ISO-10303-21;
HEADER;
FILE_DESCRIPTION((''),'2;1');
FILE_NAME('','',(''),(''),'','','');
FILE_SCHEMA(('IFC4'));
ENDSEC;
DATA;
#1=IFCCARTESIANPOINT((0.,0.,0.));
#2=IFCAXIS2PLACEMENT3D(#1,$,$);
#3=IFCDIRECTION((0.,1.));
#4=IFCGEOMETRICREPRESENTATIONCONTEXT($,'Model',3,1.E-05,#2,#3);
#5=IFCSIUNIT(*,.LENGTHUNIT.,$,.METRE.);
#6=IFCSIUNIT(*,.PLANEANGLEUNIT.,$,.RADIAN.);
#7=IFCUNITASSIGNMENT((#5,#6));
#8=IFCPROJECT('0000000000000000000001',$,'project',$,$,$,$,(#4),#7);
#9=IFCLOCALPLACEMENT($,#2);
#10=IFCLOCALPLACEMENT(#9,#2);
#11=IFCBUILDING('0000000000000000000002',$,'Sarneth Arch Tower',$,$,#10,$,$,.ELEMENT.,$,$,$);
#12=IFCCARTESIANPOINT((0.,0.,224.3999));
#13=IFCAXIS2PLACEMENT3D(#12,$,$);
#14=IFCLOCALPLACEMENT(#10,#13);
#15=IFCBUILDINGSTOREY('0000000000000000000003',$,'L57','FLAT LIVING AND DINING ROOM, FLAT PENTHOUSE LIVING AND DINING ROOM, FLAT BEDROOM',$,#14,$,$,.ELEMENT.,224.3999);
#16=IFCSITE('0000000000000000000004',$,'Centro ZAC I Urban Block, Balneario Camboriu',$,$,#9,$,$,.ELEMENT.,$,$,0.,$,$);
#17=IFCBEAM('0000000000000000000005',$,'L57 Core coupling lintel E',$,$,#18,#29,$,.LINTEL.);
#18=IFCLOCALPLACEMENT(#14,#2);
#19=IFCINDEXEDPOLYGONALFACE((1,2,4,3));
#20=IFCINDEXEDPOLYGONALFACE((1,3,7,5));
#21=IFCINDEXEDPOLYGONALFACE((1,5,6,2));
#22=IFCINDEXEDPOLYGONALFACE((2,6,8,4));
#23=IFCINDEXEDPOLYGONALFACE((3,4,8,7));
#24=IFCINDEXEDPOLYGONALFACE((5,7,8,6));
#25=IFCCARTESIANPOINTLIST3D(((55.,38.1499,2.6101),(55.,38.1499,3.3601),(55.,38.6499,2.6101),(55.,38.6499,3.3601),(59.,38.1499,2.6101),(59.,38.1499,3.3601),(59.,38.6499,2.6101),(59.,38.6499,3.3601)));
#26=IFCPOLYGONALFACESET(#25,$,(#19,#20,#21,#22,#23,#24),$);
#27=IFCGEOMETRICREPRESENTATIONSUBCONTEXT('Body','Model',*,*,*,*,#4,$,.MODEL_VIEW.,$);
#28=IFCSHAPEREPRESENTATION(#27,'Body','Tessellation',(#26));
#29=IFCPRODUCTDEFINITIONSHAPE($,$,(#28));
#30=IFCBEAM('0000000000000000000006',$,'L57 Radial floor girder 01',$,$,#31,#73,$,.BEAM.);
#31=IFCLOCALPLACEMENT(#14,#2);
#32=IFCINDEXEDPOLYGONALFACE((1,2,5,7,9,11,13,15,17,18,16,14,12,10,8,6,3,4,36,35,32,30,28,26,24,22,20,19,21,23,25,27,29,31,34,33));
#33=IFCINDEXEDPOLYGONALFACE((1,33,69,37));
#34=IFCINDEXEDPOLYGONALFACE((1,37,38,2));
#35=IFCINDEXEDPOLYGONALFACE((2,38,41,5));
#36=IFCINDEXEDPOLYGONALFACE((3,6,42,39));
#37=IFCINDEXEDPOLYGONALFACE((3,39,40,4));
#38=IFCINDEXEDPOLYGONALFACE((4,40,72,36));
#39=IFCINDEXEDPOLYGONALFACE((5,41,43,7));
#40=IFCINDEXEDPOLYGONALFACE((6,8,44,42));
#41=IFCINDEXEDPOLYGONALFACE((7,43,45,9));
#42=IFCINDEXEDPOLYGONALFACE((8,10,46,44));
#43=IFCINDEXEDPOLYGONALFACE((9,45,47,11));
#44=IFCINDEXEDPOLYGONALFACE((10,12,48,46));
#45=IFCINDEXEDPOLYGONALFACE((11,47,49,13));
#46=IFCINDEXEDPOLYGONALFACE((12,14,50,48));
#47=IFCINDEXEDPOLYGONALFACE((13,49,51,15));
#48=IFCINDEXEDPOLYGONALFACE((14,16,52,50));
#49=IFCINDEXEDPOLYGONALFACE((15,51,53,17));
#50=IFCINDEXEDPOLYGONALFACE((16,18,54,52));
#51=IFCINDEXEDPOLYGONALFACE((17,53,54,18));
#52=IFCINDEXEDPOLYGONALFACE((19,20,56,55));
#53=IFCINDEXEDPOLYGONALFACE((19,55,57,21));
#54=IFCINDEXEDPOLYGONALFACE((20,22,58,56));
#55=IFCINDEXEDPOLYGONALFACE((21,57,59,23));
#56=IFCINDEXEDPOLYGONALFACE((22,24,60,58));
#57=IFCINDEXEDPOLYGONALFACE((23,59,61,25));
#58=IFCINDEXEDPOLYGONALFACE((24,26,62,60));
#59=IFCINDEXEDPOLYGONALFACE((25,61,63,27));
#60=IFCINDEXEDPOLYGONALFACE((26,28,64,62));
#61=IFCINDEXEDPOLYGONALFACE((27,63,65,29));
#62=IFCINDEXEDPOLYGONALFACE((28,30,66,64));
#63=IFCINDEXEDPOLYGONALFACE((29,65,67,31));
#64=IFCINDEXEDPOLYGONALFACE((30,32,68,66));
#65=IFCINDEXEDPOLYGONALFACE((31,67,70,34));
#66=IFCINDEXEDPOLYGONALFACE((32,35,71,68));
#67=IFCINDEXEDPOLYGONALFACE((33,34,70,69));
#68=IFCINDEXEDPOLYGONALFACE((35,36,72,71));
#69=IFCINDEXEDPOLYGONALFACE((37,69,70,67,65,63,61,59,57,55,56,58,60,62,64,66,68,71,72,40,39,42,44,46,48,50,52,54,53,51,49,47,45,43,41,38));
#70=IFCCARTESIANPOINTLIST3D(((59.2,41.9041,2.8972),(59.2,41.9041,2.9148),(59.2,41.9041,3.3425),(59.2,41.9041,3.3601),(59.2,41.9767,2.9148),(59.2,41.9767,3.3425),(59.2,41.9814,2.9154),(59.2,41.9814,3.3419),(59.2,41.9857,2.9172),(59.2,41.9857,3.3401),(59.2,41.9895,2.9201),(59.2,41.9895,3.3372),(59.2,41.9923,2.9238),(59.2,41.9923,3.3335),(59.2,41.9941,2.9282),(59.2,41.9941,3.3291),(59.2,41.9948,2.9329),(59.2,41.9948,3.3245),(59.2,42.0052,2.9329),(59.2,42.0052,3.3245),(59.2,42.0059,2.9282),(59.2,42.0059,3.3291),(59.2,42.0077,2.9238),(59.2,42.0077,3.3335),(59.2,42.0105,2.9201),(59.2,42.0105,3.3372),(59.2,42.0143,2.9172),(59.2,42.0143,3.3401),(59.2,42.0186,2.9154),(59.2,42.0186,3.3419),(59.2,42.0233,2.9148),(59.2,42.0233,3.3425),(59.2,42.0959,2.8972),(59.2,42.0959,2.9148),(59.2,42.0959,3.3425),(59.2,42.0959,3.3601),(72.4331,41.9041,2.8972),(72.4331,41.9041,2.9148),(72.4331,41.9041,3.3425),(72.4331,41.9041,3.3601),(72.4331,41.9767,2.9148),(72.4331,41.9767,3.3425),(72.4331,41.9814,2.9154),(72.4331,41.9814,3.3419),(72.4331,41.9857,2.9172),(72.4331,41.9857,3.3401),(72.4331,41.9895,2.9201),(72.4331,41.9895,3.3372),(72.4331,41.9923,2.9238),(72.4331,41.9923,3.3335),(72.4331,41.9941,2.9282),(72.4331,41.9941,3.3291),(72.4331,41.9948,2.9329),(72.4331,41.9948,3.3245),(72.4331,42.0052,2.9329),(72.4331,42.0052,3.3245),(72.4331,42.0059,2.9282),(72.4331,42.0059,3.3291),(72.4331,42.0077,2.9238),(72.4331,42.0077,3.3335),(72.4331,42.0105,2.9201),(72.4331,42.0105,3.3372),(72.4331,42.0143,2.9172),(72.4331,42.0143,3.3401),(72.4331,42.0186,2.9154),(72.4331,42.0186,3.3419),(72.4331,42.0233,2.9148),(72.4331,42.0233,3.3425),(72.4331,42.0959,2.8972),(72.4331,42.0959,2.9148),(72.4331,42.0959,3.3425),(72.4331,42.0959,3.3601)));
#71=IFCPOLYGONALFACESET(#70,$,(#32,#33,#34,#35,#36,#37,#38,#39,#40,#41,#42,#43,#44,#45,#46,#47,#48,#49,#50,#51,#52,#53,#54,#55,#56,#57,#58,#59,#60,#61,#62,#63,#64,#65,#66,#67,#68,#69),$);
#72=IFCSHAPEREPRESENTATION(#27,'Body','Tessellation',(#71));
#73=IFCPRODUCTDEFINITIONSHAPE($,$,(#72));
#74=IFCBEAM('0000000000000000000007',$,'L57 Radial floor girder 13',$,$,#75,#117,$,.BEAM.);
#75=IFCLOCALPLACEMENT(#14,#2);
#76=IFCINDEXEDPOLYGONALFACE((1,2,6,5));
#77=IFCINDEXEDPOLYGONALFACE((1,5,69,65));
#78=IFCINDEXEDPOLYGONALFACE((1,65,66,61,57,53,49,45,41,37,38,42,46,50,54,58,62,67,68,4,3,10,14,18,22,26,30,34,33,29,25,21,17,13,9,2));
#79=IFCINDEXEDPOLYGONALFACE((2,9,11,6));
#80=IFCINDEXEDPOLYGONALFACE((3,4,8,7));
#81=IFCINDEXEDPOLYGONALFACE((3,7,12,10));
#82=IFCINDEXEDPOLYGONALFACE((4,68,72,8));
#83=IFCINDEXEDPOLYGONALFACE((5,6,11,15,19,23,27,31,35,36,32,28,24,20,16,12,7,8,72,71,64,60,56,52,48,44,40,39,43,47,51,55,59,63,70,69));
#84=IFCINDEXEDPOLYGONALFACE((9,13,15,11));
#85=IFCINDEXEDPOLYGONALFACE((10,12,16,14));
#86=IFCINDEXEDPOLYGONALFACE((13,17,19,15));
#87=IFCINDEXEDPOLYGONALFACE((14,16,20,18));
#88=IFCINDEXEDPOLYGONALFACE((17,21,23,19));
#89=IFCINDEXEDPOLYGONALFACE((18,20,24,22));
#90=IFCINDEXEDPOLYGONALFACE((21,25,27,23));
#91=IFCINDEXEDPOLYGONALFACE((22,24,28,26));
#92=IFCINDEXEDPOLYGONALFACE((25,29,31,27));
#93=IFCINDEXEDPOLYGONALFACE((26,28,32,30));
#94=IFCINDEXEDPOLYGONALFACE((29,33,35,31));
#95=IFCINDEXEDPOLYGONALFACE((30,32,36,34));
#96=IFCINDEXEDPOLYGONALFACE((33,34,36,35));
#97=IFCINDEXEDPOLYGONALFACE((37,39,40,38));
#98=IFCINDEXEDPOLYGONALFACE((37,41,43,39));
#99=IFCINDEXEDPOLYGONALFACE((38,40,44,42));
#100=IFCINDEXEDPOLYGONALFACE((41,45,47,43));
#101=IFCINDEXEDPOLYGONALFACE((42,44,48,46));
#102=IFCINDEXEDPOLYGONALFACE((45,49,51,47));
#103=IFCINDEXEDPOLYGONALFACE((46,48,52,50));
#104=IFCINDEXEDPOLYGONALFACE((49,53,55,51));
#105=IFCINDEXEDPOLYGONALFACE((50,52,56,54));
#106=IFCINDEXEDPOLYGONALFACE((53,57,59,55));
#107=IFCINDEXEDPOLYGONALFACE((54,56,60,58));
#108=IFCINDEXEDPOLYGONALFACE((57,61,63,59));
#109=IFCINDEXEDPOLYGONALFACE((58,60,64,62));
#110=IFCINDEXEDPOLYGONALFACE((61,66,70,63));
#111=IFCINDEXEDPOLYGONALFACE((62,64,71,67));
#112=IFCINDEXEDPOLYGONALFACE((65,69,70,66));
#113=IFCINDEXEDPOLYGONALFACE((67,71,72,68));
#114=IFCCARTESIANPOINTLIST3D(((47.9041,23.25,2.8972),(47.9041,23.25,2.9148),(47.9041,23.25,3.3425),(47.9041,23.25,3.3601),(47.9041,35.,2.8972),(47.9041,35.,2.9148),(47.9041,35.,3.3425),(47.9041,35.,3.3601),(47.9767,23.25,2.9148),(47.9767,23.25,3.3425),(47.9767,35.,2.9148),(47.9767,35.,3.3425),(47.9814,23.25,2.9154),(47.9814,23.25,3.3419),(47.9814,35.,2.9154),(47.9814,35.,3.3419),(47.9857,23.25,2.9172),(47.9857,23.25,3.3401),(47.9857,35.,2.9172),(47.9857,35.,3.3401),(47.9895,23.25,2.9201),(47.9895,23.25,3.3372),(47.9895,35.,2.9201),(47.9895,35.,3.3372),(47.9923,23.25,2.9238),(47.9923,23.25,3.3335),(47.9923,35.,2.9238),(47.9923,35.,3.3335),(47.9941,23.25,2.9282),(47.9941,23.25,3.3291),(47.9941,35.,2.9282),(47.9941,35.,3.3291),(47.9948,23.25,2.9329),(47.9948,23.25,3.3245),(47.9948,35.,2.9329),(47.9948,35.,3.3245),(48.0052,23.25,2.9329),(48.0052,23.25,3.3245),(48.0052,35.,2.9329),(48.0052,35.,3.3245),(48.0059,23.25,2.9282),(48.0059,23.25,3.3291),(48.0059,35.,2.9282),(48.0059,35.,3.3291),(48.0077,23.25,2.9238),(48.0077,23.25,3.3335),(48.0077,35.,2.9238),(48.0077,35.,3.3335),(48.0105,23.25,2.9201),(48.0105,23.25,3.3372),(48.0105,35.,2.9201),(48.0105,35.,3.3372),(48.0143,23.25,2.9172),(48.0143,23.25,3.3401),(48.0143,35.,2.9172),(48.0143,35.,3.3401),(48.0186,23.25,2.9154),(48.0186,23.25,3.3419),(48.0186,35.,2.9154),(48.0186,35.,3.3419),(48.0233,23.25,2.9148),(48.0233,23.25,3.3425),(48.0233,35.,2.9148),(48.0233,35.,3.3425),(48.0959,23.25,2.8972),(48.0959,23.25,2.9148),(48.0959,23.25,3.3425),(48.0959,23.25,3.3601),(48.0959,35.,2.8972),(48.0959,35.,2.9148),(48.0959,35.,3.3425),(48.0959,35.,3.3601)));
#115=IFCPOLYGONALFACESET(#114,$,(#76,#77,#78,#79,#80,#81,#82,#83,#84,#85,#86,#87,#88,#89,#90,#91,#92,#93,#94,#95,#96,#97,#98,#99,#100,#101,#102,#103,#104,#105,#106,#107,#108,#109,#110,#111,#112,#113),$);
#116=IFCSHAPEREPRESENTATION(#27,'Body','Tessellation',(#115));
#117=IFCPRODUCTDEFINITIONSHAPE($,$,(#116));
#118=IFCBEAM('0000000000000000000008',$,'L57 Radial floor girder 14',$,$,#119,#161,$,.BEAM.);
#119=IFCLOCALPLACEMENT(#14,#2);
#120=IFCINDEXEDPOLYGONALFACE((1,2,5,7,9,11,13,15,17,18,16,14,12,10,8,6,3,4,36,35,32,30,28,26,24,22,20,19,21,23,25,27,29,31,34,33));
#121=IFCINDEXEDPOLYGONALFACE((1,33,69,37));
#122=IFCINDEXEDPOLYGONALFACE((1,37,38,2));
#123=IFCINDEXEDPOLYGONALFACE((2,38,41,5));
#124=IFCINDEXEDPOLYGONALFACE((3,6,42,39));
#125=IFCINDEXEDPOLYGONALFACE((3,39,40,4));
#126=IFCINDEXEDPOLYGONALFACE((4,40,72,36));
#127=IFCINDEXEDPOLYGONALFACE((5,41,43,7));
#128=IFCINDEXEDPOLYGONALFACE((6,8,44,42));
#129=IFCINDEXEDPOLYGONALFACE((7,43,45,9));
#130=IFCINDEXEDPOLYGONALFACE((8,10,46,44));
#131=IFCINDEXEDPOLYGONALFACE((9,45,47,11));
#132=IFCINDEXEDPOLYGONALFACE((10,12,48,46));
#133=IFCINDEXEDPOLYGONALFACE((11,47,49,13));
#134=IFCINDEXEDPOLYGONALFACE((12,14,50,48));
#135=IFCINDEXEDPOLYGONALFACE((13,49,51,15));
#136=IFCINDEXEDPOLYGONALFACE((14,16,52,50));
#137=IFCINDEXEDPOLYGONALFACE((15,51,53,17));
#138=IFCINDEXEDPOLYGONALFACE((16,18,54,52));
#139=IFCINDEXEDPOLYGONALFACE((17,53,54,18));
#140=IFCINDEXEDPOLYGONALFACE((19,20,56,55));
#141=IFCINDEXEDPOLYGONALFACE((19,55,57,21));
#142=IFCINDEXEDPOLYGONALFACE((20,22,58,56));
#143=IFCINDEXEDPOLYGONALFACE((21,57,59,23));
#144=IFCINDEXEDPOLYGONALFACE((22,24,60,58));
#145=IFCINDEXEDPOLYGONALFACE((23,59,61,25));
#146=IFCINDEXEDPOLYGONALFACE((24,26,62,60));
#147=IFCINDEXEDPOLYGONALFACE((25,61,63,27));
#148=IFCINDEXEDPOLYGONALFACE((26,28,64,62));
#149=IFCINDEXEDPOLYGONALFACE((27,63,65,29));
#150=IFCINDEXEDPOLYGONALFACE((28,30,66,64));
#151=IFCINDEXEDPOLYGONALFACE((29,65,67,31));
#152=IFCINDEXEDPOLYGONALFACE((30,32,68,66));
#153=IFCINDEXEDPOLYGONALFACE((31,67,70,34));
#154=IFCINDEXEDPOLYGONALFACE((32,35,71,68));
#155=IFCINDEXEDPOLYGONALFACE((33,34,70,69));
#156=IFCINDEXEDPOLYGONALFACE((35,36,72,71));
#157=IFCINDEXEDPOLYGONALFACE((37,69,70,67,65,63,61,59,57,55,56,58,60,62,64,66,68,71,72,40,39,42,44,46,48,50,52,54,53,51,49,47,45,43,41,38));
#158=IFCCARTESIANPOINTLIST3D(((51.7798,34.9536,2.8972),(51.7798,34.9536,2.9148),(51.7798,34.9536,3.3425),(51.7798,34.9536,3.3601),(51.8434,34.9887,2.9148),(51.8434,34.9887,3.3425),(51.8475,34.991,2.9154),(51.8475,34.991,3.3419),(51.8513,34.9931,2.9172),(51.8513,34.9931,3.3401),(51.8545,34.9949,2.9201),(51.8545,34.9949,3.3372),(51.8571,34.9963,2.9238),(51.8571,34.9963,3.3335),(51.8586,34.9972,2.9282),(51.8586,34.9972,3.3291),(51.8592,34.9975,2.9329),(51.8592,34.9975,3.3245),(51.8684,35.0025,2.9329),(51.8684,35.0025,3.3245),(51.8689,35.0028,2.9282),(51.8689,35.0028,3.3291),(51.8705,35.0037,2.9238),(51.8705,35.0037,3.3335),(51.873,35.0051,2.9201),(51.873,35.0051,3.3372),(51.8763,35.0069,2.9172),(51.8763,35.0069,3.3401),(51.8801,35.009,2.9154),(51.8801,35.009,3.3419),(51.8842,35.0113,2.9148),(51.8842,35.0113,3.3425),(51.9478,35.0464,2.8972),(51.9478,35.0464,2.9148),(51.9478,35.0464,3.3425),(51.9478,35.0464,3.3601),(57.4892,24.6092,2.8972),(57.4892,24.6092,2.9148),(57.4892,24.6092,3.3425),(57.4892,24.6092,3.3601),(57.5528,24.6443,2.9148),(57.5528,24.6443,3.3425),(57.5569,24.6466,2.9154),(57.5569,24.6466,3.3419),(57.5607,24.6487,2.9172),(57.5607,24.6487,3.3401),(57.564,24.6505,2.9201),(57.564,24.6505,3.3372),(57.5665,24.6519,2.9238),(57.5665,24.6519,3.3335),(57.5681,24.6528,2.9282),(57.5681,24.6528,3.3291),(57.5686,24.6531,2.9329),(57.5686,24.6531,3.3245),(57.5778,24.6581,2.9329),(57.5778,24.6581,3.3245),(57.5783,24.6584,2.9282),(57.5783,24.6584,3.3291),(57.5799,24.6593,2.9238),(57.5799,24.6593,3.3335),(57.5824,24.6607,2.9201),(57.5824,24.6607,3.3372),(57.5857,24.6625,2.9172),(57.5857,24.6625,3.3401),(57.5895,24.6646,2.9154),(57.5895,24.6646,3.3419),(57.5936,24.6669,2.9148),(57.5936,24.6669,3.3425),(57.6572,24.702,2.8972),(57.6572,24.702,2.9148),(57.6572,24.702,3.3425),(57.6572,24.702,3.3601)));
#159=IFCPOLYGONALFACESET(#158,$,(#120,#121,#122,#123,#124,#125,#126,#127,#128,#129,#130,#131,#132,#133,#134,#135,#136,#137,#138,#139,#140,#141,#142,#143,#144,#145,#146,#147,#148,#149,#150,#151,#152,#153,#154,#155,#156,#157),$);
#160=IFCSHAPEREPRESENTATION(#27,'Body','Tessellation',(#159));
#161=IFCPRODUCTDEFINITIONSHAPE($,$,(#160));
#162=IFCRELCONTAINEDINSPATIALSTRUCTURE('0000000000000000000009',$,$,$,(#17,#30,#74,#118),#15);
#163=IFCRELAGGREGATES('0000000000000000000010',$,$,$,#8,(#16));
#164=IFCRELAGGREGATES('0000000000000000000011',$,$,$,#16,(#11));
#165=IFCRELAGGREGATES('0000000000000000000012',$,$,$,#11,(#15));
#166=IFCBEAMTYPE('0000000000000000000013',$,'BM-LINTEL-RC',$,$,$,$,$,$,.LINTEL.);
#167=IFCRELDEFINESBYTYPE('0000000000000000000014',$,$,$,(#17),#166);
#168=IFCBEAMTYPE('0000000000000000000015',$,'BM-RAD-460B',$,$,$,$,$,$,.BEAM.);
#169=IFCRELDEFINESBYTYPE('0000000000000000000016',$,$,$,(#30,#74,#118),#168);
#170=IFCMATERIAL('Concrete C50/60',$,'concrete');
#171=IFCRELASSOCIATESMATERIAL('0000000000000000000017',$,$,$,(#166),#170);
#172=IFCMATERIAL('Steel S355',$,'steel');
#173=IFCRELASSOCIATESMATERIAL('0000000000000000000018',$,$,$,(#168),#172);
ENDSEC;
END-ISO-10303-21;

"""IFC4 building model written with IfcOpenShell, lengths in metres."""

from ifc_helpers import new_model, si_unit, direction, frame, origin, origin_2d, place, context, subcontext, project, spatial, rectangle, i_section, extrude, material, material_profile, profile_set, type_object, element, save


model = new_model("IFC4")

# Units and contexts
model_context = context("Model", 3, precision=1e-05, world=origin(), true_north=direction((0.0, 1.0)))
body_context = subcontext(model_context, "Body", "Model", "MODEL_VIEW")
ifc_project = project(units=[si_unit("LENGTHUNIT", "METRE"), si_unit("PLANEANGLEUNIT", "RADIAN")], contexts=[model_context])

# Site, building, storey
site_placement = place(None, origin())
site = spatial("IfcSite", under=ifc_project, at=site_placement, Name="Centro ZAC I Urban Block, Balneario Camboriu", CompositionType="ELEMENT", RefElevation=0.0)
building_placement = place(site_placement, origin())
building = spatial("IfcBuilding", under=site, at=building_placement, Name="Sarneth Arch Tower", CompositionType="ELEMENT")
storey_placement = place(building_placement, frame((0.0, 0.0, 224.3999)))
storey = spatial("IfcBuildingStorey", under=building, at=storey_placement, Name="L57", Description="FLAT LIVING AND DINING ROOM, FLAT PENTHOUSE LIVING AND DINING ROOM, FLAT BEDROOM", CompositionType="ELEMENT", Elevation=224.3999)

# Beams
ifc_material_1 = material(Name="Concrete C50/60", Category="concrete")
ifc_material_profile_1 = material_profile(ifc_material_1, rectangle(XDim=0.5, YDim=0.75, at=origin_2d()), Name="RC-500x750")
ifc_profile_set_1 = profile_set([ifc_material_profile_1], Name="Concrete C50/60")
beam_type_1 = type_object("IfcBeamType", Name="BM-LINTEL-RC", PredefinedType="LINTEL", material=ifc_profile_set_1)
beam_1_placement = place(storey_placement, frame((55.0, 38.3999, 2.9851), z_axis=(1.0, 0.0, 0.0), x_axis=(0.0, 1.0, 0.0)))
element("IfcBeam", 1, at=beam_1_placement, inside=storey, type_object=beam_type_1, Name="L57 Core coupling lintel E", PredefinedType="LINTEL", context=body_context, shape_type="SweptSolid", body=[
    extrude(rectangle(XDim=0.5, YDim=0.75, at=origin_2d()), origin(), (0.0, 0.0, 1.0), 4.0),
])
ifc_material_2 = material(Name="Steel S355", Category="steel")
ifc_material_profile_2 = material_profile(ifc_material_2, i_section(OverallWidth=0.1919, OverallDepth=0.4629, WebThickness=0.0105, FlangeThickness=0.0176, FilletRadius=0.0181, at=origin_2d()), Name="W460x89")
ifc_profile_set_2 = profile_set([ifc_material_profile_2], Name="Steel S355")
beam_type_2 = type_object("IfcBeamType", Name="BM-RAD-460B", PredefinedType="BEAM", material=ifc_profile_set_2)
beam_2_placement = place(storey_placement, frame((59.2, 42.0, 3.1287), z_axis=(1.0, 0.0, 0.0), x_axis=(0.0, 1.0, 0.0)))
element("IfcBeam", 2, at=beam_2_placement, inside=storey, type_object=beam_type_2, Name="L57 Radial floor girder 01", PredefinedType="BEAM", context=body_context, shape_type="SweptSolid", body=[
    extrude(i_section(OverallWidth=0.1919, OverallDepth=0.4629, WebThickness=0.0105, FlangeThickness=0.0176, FilletRadius=0.0181, at=origin_2d()), origin(), (0.0, 0.0, 1.0), 13.2332),
])
beam_3_placement = place(storey_placement, frame((48.0, 35.0, 3.1287), z_axis=(0.0, -1.0, 0.0), x_axis=(1.0, 0.0, 0.0)))
element("IfcBeam", 3, at=beam_3_placement, inside=storey, type_object=beam_type_2, Name="L57 Radial floor girder 13", PredefinedType="BEAM", context=body_context, shape_type="SweptSolid", body=[
    extrude(i_section(OverallWidth=0.1919, OverallDepth=0.4629, WebThickness=0.0105, FlangeThickness=0.0176, FilletRadius=0.0181, at=origin_2d()), origin(), (0.0, 0.0, 1.0), 11.75),
])
beam_4_placement = place(storey_placement, frame((51.8638, 35.0, 3.1287), z_axis=(0.483218, -0.8755, 0.0), x_axis=(0.8755, 0.483218, 0.0)))
element("IfcBeam", 4, at=beam_4_placement, inside=storey, type_object=beam_type_2, Name="L57 Radial floor girder 14", PredefinedType="BEAM", context=body_context, shape_type="SweptSolid", body=[
    extrude(i_section(OverallWidth=0.1919, OverallDepth=0.4629, WebThickness=0.0105, FlangeThickness=0.0176, FilletRadius=0.0181, at=origin_2d()), origin(), (0.0, 0.0, 1.0), 11.8154),
])

save(model, "model.ifc")
